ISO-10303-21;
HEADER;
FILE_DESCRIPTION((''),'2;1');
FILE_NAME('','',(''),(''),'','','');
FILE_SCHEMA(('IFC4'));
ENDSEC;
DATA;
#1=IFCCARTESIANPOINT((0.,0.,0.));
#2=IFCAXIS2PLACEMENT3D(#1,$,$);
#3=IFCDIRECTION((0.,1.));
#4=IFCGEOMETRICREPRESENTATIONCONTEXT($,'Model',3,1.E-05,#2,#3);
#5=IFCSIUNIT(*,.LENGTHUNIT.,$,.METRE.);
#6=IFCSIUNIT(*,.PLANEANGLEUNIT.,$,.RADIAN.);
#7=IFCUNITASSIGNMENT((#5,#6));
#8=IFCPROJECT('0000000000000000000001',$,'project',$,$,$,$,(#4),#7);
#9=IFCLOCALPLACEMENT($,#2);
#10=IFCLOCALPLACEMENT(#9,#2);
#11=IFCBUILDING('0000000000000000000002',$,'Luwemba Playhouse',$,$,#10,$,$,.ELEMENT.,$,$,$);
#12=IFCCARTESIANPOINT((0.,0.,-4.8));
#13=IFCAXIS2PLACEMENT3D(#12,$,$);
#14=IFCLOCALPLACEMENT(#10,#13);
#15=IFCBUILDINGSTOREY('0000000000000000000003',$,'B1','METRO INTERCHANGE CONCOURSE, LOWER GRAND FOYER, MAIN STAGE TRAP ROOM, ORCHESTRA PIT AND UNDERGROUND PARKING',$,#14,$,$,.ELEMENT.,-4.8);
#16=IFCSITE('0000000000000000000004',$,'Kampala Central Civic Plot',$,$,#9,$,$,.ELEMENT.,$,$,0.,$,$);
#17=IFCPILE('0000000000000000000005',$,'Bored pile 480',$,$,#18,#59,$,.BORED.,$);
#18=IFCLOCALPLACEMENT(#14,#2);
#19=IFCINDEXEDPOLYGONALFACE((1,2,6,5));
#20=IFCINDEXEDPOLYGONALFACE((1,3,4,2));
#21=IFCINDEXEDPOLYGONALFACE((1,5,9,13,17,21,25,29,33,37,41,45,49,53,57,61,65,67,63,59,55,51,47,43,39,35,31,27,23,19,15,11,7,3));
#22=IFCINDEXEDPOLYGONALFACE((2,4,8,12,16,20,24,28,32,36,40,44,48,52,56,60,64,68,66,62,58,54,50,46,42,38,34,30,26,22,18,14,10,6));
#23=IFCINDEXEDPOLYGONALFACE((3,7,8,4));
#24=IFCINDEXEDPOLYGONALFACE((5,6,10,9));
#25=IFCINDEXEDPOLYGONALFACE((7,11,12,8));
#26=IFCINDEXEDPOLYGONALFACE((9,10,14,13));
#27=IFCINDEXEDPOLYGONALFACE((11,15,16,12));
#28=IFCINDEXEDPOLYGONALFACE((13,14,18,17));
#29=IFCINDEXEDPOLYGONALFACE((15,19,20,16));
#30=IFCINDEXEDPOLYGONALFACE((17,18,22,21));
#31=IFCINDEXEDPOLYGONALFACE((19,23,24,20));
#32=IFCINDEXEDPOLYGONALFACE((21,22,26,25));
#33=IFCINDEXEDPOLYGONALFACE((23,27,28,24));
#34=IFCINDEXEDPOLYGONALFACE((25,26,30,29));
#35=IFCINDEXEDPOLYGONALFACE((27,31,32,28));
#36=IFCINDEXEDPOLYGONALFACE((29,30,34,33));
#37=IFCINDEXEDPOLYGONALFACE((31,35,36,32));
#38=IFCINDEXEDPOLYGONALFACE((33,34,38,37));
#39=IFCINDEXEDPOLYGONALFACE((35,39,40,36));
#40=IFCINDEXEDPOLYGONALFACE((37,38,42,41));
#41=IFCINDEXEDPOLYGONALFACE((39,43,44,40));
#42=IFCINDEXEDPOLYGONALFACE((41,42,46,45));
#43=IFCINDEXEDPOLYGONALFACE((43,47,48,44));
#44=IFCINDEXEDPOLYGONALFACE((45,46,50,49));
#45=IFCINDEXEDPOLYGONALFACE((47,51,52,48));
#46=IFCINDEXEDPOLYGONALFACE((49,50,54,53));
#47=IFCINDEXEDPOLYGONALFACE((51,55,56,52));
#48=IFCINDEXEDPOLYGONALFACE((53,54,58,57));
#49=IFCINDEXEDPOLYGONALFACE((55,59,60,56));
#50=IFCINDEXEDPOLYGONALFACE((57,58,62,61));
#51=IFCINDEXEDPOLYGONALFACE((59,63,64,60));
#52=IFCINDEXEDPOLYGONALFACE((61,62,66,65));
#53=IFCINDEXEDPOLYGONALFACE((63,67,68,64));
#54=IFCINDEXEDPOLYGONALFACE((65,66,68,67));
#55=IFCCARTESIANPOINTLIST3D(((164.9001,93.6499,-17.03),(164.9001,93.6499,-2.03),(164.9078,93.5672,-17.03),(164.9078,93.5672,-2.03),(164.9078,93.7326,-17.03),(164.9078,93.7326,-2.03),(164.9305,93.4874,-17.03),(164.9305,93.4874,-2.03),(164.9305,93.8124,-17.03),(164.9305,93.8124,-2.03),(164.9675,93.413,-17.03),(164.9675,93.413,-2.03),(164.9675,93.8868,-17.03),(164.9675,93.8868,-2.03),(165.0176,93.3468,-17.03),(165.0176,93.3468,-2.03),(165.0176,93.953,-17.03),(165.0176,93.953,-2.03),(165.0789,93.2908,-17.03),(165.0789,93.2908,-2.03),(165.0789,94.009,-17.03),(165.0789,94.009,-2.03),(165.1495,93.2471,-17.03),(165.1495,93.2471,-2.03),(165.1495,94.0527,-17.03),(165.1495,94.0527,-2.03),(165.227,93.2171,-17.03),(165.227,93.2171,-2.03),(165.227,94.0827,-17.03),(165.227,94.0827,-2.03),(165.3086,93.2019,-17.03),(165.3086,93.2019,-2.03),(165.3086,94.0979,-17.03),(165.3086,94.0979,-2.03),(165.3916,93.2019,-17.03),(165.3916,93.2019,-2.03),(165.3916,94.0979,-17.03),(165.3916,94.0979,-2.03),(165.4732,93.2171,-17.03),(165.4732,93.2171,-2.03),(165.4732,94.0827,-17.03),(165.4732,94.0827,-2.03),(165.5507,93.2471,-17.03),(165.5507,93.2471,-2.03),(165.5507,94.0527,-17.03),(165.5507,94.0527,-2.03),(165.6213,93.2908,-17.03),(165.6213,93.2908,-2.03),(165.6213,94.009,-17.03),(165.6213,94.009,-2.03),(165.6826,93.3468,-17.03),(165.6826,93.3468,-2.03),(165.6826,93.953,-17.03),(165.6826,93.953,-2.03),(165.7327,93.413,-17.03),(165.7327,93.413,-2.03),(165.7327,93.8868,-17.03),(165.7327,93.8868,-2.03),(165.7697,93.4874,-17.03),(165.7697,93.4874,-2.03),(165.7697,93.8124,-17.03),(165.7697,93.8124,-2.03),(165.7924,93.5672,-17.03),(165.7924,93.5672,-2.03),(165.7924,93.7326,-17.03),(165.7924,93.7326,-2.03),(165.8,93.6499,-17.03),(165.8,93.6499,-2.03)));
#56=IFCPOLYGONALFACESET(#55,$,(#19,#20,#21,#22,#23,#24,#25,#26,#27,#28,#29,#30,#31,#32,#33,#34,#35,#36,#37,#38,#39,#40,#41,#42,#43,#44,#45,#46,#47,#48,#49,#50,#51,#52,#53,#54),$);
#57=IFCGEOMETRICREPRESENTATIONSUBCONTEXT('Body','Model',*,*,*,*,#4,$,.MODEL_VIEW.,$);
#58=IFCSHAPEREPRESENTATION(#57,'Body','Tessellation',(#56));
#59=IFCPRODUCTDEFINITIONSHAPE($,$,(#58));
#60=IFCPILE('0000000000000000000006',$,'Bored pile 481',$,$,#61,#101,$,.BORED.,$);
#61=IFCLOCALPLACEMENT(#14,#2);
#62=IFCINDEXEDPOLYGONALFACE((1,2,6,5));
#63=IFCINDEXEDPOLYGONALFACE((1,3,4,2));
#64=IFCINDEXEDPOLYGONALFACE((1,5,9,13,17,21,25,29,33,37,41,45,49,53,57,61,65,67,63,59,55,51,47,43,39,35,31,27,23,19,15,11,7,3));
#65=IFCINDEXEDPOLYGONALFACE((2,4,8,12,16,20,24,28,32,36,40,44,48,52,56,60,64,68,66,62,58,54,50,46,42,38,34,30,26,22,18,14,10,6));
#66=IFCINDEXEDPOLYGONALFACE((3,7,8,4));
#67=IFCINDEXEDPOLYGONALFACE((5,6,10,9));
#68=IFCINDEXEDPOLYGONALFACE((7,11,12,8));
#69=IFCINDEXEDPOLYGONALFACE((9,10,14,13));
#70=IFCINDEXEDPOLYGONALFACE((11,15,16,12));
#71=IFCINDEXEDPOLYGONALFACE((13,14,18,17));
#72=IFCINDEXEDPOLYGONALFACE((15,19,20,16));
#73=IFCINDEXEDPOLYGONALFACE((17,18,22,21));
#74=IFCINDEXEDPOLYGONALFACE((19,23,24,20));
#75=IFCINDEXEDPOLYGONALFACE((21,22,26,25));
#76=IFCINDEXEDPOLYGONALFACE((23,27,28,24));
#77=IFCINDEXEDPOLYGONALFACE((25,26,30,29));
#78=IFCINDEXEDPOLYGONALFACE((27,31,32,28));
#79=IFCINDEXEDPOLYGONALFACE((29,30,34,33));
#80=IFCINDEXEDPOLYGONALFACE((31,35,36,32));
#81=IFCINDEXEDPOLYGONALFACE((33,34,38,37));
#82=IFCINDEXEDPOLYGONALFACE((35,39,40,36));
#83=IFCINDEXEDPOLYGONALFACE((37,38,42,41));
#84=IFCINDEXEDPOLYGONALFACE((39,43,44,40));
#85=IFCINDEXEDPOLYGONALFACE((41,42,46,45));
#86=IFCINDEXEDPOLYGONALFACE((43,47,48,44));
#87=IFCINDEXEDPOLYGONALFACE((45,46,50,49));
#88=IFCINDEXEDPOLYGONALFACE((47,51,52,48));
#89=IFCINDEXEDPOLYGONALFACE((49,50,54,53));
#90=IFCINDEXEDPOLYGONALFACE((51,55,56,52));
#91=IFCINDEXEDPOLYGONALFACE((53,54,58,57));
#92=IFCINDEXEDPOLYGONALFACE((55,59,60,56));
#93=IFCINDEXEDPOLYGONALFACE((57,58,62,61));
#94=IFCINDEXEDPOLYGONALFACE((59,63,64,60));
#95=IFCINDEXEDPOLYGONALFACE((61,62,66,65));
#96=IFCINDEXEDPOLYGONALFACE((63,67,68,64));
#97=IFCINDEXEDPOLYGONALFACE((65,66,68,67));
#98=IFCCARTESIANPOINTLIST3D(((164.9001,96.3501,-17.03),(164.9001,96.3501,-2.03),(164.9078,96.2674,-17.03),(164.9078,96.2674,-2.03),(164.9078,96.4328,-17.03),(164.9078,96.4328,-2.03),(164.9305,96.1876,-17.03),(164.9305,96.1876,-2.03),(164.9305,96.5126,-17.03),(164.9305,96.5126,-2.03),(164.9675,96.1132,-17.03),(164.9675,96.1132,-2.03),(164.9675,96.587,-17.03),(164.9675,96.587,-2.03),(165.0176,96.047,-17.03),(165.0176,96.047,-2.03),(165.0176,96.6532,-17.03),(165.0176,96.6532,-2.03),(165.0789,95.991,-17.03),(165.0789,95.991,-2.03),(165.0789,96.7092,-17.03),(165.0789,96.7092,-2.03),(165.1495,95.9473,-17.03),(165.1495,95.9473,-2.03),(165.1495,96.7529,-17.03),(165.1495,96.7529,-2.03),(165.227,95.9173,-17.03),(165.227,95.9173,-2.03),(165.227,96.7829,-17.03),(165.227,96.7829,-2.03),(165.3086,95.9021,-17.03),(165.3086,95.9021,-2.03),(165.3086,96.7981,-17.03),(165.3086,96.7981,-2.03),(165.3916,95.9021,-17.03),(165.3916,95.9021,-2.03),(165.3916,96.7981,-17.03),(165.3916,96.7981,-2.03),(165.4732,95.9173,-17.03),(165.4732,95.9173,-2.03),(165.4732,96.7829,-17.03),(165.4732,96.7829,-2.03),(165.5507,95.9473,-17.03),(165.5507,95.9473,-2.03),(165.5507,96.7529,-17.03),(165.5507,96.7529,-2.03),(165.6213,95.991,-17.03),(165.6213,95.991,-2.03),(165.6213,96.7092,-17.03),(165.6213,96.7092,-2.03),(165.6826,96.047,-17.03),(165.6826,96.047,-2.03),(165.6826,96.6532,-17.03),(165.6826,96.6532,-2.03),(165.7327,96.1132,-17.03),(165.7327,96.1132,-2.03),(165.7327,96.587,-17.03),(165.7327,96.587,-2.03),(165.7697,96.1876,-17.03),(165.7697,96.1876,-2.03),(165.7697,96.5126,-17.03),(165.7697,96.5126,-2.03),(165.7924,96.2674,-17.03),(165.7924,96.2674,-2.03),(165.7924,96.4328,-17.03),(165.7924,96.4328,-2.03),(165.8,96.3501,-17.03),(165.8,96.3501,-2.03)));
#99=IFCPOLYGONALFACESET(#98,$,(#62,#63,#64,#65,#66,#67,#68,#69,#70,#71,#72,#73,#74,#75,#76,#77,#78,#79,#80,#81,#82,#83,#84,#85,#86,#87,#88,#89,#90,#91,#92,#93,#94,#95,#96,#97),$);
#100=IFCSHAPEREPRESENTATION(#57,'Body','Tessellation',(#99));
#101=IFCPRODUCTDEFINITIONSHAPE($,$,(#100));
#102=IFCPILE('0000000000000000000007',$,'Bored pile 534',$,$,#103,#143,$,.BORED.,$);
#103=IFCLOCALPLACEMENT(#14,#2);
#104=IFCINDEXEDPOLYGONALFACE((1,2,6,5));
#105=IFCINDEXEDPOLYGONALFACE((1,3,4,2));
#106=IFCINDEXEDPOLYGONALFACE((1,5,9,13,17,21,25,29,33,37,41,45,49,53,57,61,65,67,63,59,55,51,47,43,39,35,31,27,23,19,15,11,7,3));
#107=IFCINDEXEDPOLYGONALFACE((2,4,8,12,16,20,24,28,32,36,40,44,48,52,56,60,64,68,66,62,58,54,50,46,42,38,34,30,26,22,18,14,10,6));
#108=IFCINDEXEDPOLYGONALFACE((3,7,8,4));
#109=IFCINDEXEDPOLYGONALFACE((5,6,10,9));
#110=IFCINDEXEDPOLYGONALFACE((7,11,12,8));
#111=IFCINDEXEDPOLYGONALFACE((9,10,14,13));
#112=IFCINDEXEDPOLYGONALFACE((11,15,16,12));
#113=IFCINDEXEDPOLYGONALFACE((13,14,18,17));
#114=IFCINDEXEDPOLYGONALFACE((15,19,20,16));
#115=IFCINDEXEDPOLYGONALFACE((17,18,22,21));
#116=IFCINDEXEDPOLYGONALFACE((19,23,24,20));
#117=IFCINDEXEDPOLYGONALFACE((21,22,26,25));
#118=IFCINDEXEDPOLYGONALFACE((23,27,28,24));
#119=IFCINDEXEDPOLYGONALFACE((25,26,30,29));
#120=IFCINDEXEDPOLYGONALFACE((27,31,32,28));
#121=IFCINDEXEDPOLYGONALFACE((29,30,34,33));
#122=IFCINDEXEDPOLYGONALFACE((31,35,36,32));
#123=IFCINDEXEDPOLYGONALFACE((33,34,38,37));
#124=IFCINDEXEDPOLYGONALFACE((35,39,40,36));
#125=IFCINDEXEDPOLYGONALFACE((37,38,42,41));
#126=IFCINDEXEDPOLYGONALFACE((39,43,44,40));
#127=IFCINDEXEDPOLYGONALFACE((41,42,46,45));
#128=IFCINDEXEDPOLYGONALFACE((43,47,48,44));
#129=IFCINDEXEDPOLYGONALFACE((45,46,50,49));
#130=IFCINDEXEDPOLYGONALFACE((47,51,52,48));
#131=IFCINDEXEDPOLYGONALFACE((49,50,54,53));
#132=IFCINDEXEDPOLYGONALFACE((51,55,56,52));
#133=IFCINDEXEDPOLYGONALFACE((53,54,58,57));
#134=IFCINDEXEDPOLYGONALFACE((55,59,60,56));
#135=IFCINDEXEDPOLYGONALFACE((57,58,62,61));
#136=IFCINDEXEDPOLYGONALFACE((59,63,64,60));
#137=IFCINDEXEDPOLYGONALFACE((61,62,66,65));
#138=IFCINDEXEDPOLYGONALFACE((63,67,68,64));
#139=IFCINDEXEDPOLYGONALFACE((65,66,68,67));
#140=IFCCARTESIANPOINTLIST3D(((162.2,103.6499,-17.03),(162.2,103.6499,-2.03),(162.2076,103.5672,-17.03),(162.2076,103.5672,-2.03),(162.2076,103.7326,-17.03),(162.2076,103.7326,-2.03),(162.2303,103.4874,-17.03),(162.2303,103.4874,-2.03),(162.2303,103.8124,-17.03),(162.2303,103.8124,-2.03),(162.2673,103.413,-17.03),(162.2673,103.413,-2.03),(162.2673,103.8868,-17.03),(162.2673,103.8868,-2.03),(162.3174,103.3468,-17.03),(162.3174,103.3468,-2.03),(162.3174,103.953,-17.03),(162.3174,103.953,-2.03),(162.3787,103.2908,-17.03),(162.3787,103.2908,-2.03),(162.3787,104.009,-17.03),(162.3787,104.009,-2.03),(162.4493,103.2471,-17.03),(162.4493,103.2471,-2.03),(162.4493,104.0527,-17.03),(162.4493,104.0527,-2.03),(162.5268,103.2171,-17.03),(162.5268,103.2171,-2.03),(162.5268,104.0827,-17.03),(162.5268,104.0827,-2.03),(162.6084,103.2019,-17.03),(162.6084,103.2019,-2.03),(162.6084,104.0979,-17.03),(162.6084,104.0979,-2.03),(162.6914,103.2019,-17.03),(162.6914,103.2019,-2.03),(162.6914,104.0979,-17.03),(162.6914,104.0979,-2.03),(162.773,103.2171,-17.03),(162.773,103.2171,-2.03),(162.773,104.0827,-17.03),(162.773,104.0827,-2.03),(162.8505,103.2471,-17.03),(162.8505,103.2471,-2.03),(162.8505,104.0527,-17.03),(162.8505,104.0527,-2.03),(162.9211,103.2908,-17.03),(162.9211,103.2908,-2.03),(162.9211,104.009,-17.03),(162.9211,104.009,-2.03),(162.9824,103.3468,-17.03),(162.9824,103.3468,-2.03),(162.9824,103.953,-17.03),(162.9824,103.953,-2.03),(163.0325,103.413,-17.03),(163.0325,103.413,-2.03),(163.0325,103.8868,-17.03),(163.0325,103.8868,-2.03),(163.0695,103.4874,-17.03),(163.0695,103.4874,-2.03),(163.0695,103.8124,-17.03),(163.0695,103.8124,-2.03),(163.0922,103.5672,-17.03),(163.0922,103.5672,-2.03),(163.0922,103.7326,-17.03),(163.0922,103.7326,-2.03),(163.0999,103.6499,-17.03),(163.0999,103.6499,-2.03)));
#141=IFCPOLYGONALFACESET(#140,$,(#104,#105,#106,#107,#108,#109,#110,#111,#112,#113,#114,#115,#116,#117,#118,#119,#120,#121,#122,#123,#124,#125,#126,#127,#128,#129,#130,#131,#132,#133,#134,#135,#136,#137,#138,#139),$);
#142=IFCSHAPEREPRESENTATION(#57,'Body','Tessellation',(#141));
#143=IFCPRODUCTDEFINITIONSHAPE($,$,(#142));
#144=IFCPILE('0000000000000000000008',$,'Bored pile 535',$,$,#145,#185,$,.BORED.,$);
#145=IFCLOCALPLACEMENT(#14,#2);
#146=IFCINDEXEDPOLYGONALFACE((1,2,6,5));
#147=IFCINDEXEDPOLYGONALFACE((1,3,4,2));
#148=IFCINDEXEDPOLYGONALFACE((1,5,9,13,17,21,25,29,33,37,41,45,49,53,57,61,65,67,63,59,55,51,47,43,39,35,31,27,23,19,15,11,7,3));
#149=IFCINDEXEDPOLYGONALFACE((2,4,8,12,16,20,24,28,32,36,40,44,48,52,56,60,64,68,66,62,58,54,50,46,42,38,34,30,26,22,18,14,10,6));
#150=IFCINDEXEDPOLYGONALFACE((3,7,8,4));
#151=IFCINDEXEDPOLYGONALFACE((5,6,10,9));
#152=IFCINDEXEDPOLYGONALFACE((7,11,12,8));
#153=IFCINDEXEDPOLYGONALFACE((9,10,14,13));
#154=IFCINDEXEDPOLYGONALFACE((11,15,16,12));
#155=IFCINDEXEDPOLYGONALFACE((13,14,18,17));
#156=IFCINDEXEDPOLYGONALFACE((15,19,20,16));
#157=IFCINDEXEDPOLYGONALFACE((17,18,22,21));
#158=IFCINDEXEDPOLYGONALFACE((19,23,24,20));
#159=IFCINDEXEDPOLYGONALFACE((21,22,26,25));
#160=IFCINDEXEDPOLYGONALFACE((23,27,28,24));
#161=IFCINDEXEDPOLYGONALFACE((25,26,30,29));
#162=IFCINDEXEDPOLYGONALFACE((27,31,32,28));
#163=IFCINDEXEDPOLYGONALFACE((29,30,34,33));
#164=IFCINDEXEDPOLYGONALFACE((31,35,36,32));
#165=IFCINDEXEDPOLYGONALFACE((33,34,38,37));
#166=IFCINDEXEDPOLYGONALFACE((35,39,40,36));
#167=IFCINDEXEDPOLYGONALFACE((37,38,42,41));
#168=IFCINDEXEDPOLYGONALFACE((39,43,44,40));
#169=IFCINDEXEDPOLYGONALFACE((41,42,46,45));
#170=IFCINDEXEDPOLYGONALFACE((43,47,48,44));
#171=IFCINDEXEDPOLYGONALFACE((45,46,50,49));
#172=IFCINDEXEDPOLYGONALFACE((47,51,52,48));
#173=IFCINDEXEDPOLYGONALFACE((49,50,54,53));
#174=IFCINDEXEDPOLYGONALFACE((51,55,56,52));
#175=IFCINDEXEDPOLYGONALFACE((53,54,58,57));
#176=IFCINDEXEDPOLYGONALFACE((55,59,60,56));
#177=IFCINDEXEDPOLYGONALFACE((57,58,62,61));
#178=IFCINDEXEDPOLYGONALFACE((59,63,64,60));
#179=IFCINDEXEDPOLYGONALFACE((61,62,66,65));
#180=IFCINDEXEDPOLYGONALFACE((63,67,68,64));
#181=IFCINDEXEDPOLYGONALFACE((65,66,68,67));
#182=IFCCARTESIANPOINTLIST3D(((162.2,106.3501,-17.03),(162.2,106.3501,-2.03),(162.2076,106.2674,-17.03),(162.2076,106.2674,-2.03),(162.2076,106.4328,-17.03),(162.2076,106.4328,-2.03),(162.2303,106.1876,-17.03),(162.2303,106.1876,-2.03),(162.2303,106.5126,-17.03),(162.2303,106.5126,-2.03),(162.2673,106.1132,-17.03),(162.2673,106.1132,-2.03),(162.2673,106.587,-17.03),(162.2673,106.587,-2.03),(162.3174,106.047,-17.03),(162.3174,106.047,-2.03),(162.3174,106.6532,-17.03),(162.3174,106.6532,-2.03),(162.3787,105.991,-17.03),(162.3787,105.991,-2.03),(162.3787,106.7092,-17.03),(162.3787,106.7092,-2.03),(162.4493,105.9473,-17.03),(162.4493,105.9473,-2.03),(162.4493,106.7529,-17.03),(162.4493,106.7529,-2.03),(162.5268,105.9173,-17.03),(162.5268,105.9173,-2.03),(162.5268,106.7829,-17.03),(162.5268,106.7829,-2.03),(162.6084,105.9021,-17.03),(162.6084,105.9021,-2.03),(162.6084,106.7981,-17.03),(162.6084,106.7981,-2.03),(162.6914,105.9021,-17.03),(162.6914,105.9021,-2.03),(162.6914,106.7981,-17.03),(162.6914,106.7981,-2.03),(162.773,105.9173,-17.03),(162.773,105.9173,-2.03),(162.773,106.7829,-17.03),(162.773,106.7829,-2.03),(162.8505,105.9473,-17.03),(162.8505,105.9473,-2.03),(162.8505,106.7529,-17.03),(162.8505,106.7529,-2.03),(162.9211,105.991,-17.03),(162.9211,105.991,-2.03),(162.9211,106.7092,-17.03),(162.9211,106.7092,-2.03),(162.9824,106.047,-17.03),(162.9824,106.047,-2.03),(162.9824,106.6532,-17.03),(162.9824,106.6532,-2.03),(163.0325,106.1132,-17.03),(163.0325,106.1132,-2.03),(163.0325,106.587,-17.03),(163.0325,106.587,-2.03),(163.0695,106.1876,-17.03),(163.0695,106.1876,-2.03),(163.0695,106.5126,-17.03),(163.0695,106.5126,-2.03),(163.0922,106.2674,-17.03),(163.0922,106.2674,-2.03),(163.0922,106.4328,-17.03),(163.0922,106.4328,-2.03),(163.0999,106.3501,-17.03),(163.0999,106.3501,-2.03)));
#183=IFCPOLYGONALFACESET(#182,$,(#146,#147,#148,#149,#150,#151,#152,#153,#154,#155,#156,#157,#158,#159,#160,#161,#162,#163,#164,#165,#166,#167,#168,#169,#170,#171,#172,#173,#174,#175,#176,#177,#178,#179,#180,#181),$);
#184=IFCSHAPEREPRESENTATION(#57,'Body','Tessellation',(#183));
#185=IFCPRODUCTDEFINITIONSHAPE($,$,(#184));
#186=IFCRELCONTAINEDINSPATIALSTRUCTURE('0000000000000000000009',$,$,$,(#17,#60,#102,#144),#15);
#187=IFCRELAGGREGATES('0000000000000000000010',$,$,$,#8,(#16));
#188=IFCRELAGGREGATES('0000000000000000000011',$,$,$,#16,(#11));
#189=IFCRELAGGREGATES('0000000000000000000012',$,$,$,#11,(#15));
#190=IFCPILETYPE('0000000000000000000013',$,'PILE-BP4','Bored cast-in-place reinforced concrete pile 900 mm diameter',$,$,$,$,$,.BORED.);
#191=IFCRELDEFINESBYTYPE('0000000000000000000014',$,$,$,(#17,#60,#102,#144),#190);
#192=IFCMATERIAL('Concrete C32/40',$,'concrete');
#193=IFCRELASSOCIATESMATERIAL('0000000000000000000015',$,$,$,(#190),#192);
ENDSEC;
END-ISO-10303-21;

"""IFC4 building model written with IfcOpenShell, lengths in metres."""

from ifc_helpers import new_model, si_unit, direction, frame, origin, origin_2d, place, context, subcontext, project, spatial, circle, extrude, material, material_profile, profile_set, type_object, element, save


model = new_model("IFC4")

# Units and contexts
model_context = context("Model", 3, precision=1e-05, world=origin(), true_north=direction((0.0, 1.0)))
body_context = subcontext(model_context, "Body", "Model", "MODEL_VIEW")
ifc_project = project(units=[si_unit("LENGTHUNIT", "METRE"), si_unit("PLANEANGLEUNIT", "RADIAN")], contexts=[model_context])

# Site, building, storey
site_placement = place(None, origin())
site = spatial("IfcSite", under=ifc_project, at=site_placement, Name="Kampala Central Civic Plot", CompositionType="ELEMENT", RefElevation=0.0)
building_placement = place(site_placement, origin())
building = spatial("IfcBuilding", under=site, at=building_placement, Name="Luwemba Playhouse", CompositionType="ELEMENT")
storey_placement = place(building_placement, frame((0.0, 0.0, -4.8)))
storey = spatial("IfcBuildingStorey", under=building, at=storey_placement, Name="B1", Description="METRO INTERCHANGE CONCOURSE, LOWER GRAND FOYER, MAIN STAGE TRAP ROOM, ORCHESTRA PIT AND UNDERGROUND PARKING", CompositionType="ELEMENT", Elevation=-4.8)

# Shared definitions
ifc_material_1 = material(Name="Concrete C32/40", Category="concrete")

# Piles
ifc_material_profile_1 = material_profile(ifc_material_1, circle(Radius=0.45, at=origin_2d()))
ifc_profile_set_1 = profile_set([ifc_material_profile_1], Name="Concrete C32/40")
pile_type_1 = type_object("IfcPileType", Name="PILE-BP4", Description="Bored cast-in-place reinforced concrete pile 900 mm diameter", PredefinedType="BORED", material=ifc_profile_set_1)
for number, where, z_axis, x_axis, name in (
    (1, (165.3501, 93.6499, -2.03), (0.0, 0.0, -1.0), (1.0, 0.0, 0.0), "Bored pile 480"),
    (2, (165.3501, 96.3501, -2.03), (0.0, 0.0, -1.0), (1.0, 0.0, 0.0), "Bored pile 481"),
    (3, (162.6499, 103.6499, -2.03), (0.0, 0.0, -1.0), (1.0, 0.0, 0.0), "Bored pile 534"),
    (4, (162.6499, 106.3501, -2.03), (0.0, 0.0, -1.0), (1.0, 0.0, 0.0), "Bored pile 535"),
):
    element("IfcPile", number, at=place(storey_placement, frame(where, z_axis=z_axis, x_axis=x_axis)), inside=storey, type_object=pile_type_1, Name=name, PredefinedType="BORED", context=body_context, shape_type="SweptSolid", body=[
        extrude(circle(Radius=0.45, at=origin_2d()), origin(), (0.0, 0.0, 1.0), 15.0),
    ])

save(model, "model.ifc")
